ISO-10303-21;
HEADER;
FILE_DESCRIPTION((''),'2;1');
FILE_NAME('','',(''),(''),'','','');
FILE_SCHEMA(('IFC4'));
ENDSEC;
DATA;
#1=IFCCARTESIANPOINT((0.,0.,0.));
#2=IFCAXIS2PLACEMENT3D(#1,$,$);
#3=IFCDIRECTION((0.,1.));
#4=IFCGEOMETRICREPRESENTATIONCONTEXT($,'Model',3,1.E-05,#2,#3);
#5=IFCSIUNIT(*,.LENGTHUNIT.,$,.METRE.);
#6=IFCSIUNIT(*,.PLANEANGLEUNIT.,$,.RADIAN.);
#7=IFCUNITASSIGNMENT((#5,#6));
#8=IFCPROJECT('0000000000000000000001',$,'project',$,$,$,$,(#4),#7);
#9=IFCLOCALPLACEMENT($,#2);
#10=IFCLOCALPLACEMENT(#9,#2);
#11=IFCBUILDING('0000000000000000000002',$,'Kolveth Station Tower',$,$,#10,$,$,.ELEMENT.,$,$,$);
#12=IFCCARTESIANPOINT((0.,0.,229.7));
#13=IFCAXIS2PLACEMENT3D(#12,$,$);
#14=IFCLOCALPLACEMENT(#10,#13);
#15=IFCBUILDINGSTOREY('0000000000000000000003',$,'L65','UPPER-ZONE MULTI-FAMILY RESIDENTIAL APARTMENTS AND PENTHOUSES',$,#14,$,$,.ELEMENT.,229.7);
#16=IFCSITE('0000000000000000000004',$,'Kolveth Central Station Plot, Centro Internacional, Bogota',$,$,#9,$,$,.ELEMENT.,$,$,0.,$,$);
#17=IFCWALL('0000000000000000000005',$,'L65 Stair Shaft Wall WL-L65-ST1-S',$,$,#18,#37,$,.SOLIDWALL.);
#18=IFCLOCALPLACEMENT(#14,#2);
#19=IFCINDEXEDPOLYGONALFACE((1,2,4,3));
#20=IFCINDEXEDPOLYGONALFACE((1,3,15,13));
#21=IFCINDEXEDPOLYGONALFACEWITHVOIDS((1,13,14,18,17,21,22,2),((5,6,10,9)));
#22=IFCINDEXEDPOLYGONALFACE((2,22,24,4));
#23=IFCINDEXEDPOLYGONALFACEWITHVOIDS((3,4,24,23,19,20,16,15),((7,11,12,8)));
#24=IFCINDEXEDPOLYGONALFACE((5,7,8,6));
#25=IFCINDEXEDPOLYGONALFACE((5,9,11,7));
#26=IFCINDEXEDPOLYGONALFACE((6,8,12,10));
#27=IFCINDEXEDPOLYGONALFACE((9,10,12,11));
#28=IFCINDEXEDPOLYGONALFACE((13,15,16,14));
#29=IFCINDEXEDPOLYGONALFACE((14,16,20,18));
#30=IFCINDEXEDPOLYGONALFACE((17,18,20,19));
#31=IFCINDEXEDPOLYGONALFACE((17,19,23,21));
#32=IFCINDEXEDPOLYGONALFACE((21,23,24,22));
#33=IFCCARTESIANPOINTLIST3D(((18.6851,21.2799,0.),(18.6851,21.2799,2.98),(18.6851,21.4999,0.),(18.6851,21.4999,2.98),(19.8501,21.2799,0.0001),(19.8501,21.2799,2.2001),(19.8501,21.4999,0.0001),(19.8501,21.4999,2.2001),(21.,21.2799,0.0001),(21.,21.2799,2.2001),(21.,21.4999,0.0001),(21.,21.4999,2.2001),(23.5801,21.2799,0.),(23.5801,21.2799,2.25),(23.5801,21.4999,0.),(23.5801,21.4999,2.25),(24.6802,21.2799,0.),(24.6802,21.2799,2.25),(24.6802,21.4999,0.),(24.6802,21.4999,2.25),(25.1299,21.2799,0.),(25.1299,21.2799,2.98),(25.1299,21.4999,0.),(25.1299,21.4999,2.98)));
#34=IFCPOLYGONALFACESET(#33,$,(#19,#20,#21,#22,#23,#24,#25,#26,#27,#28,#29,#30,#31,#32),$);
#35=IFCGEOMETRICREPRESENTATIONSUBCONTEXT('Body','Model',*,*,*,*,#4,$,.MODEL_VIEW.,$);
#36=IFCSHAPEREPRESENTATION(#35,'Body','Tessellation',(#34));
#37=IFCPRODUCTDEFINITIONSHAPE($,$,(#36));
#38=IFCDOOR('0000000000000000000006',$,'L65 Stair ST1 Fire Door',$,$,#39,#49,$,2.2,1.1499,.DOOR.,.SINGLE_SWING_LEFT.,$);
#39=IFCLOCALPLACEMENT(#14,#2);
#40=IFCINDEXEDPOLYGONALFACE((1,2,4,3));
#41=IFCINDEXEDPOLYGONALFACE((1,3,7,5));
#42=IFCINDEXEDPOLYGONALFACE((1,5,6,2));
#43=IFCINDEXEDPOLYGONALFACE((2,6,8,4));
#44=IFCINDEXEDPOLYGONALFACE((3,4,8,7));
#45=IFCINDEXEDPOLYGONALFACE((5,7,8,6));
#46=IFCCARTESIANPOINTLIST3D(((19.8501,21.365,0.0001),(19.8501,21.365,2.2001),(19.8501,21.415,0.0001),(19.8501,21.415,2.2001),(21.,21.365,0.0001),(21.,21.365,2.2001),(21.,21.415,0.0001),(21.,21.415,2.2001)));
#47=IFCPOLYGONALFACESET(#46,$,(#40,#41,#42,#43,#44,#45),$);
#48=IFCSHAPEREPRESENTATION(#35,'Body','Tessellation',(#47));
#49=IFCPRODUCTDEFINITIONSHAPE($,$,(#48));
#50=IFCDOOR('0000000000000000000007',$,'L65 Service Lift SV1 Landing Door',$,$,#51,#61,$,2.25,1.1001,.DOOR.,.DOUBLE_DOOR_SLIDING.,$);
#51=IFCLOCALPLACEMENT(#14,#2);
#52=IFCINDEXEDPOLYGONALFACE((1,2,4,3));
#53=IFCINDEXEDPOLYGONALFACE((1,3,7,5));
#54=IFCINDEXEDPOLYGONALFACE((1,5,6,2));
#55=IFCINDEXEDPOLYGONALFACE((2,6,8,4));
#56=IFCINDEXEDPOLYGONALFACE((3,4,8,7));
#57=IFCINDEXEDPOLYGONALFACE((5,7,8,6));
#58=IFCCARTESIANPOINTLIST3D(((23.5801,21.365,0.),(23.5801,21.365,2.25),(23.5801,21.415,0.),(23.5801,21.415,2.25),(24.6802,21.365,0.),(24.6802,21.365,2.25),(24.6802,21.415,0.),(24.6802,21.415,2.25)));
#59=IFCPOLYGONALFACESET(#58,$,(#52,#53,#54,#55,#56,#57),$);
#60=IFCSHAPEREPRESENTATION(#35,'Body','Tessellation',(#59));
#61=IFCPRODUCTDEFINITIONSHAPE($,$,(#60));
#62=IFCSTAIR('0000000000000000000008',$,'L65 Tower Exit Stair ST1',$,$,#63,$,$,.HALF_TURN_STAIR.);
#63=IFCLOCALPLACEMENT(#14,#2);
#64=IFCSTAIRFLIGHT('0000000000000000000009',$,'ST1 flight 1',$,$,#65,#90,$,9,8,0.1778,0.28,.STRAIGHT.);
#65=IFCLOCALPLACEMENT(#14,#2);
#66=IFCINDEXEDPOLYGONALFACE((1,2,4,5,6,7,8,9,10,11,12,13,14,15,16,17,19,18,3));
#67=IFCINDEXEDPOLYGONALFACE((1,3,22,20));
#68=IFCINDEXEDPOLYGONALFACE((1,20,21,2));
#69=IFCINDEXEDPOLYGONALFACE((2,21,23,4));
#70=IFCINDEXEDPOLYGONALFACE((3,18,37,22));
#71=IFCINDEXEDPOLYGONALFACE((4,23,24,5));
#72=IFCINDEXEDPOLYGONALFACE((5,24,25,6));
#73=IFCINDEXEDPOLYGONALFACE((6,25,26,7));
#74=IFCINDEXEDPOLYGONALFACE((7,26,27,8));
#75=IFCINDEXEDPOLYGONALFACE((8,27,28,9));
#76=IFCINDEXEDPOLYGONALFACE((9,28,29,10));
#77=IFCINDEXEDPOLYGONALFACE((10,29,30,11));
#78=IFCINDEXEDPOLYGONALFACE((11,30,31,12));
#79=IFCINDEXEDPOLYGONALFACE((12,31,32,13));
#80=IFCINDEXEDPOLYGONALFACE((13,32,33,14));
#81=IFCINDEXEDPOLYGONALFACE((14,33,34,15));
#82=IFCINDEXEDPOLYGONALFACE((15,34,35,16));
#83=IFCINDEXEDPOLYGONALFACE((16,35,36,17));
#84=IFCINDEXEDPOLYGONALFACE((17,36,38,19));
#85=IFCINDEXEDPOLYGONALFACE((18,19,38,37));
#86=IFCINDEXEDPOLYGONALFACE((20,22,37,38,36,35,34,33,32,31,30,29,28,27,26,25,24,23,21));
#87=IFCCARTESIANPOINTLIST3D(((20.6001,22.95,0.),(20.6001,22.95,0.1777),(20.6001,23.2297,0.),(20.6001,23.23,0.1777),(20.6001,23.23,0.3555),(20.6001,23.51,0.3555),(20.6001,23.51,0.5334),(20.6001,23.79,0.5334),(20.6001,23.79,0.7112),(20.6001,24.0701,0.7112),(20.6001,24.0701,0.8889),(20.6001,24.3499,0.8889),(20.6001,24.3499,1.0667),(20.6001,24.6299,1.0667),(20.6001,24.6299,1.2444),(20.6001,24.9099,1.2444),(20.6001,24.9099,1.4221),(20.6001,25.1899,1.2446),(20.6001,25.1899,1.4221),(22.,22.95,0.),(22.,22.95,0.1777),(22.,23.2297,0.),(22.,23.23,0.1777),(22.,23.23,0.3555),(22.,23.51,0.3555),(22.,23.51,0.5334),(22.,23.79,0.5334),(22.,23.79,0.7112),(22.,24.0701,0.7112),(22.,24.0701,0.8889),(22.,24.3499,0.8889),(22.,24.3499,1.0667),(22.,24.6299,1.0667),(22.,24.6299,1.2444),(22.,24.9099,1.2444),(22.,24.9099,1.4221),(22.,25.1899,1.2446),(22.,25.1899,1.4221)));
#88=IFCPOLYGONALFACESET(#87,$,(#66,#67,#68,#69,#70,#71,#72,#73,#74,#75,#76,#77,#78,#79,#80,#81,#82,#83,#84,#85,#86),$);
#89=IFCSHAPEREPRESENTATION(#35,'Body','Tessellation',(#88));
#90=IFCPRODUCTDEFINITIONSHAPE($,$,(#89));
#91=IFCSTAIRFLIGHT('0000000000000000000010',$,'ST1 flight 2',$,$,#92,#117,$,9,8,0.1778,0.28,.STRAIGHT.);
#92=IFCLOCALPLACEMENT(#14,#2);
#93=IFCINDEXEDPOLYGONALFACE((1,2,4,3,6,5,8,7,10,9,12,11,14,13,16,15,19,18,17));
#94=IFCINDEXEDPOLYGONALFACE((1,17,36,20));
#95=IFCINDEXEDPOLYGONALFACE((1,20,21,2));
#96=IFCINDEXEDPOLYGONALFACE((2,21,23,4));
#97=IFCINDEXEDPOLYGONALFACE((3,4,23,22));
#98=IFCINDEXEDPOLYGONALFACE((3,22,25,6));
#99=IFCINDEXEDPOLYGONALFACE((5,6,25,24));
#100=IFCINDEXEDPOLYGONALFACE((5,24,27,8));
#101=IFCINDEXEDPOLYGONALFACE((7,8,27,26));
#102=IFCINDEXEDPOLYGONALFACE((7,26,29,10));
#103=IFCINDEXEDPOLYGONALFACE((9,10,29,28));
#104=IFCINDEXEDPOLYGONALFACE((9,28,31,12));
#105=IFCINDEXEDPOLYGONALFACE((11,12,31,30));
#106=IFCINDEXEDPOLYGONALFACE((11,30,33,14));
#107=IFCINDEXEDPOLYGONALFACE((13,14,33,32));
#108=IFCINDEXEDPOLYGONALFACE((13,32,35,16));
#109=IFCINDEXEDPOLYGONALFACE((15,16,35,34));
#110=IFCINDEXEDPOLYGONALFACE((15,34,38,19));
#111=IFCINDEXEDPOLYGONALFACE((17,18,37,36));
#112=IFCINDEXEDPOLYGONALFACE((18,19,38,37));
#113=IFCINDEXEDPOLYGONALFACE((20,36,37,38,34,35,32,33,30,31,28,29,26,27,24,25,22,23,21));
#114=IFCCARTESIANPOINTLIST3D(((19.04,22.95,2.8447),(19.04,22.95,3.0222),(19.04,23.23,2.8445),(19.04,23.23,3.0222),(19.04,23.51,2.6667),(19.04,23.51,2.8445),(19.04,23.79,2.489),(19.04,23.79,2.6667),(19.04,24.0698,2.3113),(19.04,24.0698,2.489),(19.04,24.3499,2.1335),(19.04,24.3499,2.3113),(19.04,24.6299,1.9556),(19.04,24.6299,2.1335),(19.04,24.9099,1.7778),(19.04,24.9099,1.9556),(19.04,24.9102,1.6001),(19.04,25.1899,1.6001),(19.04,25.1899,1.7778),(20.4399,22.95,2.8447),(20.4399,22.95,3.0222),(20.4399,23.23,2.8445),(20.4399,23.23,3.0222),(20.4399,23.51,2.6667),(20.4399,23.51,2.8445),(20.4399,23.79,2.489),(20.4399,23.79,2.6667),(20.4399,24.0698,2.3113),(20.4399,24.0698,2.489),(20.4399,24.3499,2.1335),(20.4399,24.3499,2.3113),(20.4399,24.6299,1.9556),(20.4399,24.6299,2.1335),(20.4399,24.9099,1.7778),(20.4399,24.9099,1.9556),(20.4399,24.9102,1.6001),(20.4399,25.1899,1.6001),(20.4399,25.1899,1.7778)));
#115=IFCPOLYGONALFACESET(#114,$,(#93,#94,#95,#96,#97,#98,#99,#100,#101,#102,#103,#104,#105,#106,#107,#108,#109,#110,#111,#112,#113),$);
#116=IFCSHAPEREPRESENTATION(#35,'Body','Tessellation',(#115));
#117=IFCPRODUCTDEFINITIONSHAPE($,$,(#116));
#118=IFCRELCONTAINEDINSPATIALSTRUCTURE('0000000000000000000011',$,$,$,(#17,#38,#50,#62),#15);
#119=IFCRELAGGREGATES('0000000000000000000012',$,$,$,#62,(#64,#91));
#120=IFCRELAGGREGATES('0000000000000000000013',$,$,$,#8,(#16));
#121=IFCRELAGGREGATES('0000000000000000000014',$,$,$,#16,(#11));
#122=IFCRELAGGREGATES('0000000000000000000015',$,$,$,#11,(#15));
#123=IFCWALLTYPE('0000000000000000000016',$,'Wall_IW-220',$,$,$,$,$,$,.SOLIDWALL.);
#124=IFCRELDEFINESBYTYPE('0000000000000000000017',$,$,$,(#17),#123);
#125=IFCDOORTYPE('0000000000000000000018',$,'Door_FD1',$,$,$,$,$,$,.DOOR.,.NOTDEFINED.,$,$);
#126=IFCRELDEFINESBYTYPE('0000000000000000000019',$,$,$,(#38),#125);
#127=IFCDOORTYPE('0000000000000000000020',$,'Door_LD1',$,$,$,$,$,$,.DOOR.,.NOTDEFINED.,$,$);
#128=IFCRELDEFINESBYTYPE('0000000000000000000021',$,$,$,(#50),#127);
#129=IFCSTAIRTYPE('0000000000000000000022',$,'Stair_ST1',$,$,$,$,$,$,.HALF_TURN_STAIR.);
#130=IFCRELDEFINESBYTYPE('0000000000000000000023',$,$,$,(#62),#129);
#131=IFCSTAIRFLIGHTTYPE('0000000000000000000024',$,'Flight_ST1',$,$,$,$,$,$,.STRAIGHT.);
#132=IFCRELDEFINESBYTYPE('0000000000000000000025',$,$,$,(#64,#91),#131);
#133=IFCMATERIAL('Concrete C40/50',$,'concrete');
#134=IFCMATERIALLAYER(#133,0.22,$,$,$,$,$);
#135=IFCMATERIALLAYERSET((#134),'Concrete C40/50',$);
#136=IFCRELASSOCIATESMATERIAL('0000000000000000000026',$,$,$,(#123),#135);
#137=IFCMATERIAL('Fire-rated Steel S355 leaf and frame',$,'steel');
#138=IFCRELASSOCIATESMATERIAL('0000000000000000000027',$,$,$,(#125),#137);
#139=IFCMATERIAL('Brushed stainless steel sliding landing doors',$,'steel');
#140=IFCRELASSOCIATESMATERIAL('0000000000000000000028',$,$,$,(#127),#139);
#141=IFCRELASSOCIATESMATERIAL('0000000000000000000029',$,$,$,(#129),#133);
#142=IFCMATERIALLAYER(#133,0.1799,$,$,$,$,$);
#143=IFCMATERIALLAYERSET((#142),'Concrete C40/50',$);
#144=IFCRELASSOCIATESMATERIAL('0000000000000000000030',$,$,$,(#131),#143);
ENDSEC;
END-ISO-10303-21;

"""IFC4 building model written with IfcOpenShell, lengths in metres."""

from ifc_helpers import new_model, si_unit, direction, frame, frame_2d, origin, place, context, subcontext, project, spatial, polyline, rectangle, outline, extrude, material, layer, layer_set, type_object, element, fill, aggregate, save


model = new_model("IFC4")

# Units and contexts
model_context = context("Model", 3, precision=1e-05, world=origin(), true_north=direction((0.0, 1.0)))
body_context = subcontext(model_context, "Body", "Model", "MODEL_VIEW")
ifc_project = project(units=[si_unit("LENGTHUNIT", "METRE"), si_unit("PLANEANGLEUNIT", "RADIAN")], contexts=[model_context])

# Site, building, storey
site_placement = place(None, origin())
site = spatial("IfcSite", under=ifc_project, at=site_placement, Name="Kolveth Central Station Plot, Centro Internacional, Bogota", CompositionType="ELEMENT", RefElevation=0.0)
building_placement = place(site_placement, origin())
building = spatial("IfcBuilding", under=site, at=building_placement, Name="Kolveth Station Tower", CompositionType="ELEMENT")
storey_placement = place(building_placement, frame((0.0, 0.0, 229.7)))
storey = spatial("IfcBuildingStorey", under=building, at=storey_placement, Name="L65", Description="UPPER-ZONE MULTI-FAMILY RESIDENTIAL APARTMENTS AND PENTHOUSES", CompositionType="ELEMENT", Elevation=229.7)

# Shared definitions
ifc_material_1 = material(Name="Concrete C40/50", Category="concrete")
ifc_layer_1 = layer(ifc_material_1, 0.22)
ifc_layer_set_1 = layer_set([ifc_layer_1], Name="Concrete C40/50")
wall_type_1 = type_object("IfcWallType", Name="Wall_IW-220", PredefinedType="SOLIDWALL", material=ifc_layer_set_1)

# Wall, openings, doors
wall_1_placement = place(storey_placement, frame((18.6851, 21.3899, 0.0), z_axis=(0.0, 0.0, 1.0), x_axis=(1.0, 0.0, 0.0)))
wall_1 = element("IfcWall", 1, at=wall_1_placement, inside=storey, type_object=wall_type_1, Name="L65 Stair Shaft Wall WL-L65-ST1-S", PredefinedType="SOLIDWALL", context=body_context, shape_type="SweptSolid", body=[
    extrude(rectangle(XDim=6.4448, YDim=0.22, at=frame_2d((3.2224, 0.0))), origin(), (0.0, 0.0, 1.0), 2.98),
])
opening_1_placement = place(wall_1_placement, frame((1.165, 0.0, 0.0)))
opening_1 = element("IfcOpeningElement", 2, at=opening_1_placement, cuts=wall_1, PredefinedType="OPENING", context=body_context, shape_type="SweptSolid", body=[
    extrude(rectangle(XDim=1.1499, YDim=2.2, at=frame_2d((0.575, 1.1001))), frame((0.0, 0.1199, 0.0), z_axis=(0.0, -1.0, 0.0), x_axis=(1.0, 0.0, 0.0)), (0.0, 0.0, 1.0), 0.24),
])
opening_2_placement = place(wall_1_placement, frame((4.895, 0.0, 0.0)))
opening_2 = element("IfcOpeningElement", 3, at=opening_2_placement, cuts=wall_1, PredefinedType="OPENING", context=body_context, shape_type="SweptSolid", body=[
    extrude(rectangle(XDim=1.1001, YDim=2.25, at=frame_2d((0.55, 1.125))), frame((0.0, 0.1199, 0.0), z_axis=(0.0, -1.0, 0.0), x_axis=(1.0, 0.0, 0.0)), (0.0, 0.0, 1.0), 0.24),
])
ifc_material_2 = material(Name="Fire-rated Steel S355 leaf and frame", Category="steel")
door_type_1 = type_object("IfcDoorType", Name="Door_FD1", OperationType="NOTDEFINED", PredefinedType="DOOR", material=ifc_material_2)
door_1_placement = place(opening_1_placement, frame((1.1499, 0.0, 0.0), z_axis=(0.0, 0.0, 1.0), x_axis=(-1.0, 0.0, 0.0)))
door_1 = element("IfcDoor", 4, at=door_1_placement, inside=storey, type_object=door_type_1, Name="L65 Stair ST1 Fire Door", OperationType="SINGLE_SWING_LEFT", OverallHeight=2.2, OverallWidth=1.1499, PredefinedType="DOOR", context=body_context, shape_type="SweptSolid", body=[
    extrude(rectangle(XDim=1.1499, YDim=2.2, at=frame_2d((0.575, 1.1001))), frame((0.0, 0.0249, 0.0), z_axis=(0.0, -1.0, 0.0), x_axis=(1.0, 0.0, 0.0)), (0.0, 0.0, 1.0), 0.05),
])
fill(opening_1, door_1)
ifc_material_3 = material(Name="Brushed stainless steel sliding landing doors", Category="steel")
door_type_2 = type_object("IfcDoorType", Name="Door_LD1", OperationType="NOTDEFINED", PredefinedType="DOOR", material=ifc_material_3)
door_2_placement = place(opening_2_placement, frame((1.1001, 0.0, 0.0), z_axis=(0.0, 0.0, 1.0), x_axis=(-1.0, 0.0, 0.0)))
door_2 = element("IfcDoor", 5, at=door_2_placement, inside=storey, type_object=door_type_2, Name="L65 Service Lift SV1 Landing Door", OperationType="DOUBLE_DOOR_SLIDING", OverallHeight=2.25, OverallWidth=1.1001, PredefinedType="DOOR", context=body_context, shape_type="SweptSolid", body=[
    extrude(rectangle(XDim=1.1001, YDim=2.25, at=frame_2d((0.55, 1.125))), frame((0.0, 0.0249, 0.0), z_axis=(0.0, -1.0, 0.0), x_axis=(1.0, 0.0, 0.0)), (0.0, 0.0, 1.0), 0.05),
])
fill(opening_2, door_2)

# Stair, stair flights
stair_type = type_object("IfcStairType", Name="Stair_ST1", PredefinedType="HALF_TURN_STAIR", material=ifc_material_1)
stair_placement = place(storey_placement, origin())
stair = element("IfcStair", 6, at=stair_placement, inside=storey, type_object=stair_type, Name="L65 Tower Exit Stair ST1", PredefinedType="HALF_TURN_STAIR")
ifc_layer_2 = layer(ifc_material_1, 0.1799)
ifc_layer_set_2 = layer_set([ifc_layer_2], Name="Concrete C40/50")
stair_flight_type = type_object("IfcStairFlightType", Name="Flight_ST1", PredefinedType="STRAIGHT", material=ifc_layer_set_2)
stair_flight_1_placement = place(storey_placement, frame((21.3, 22.95, 0.0), z_axis=(0.0, 0.0, 1.0), x_axis=(0.0, 1.0, 0.0)))
stair_flight_1 = element("IfcStairFlight", 7, at=stair_flight_1_placement, type_object=stair_flight_type, Name="ST1 flight 1", NumberOfRisers=9, NumberOfTreads=8, PredefinedType="STRAIGHT", RiserHeight=0.1778, TreadLength=0.28, context=body_context, shape_type="SweptSolid", body=[
    extrude(outline(polyline([(0.0, 0.0), (0.0, 0.1777), (0.28, 0.1777), (0.28, 0.3555), (0.5601, 0.3555), (0.5601, 0.5334), (0.8401, 0.5334), (0.8401, 0.7112), (1.1201, 0.7112), (1.1201, 0.8889), (1.3999, 0.8889), (1.3999, 1.0667), (1.6799, 1.0667), (1.6799, 1.2444), (1.96, 1.2444), (1.96, 1.4221), (2.24, 1.4221), (2.24, 1.6001), (2.24, 1.2446), (0.2798, 0.0), (0.0, 0.0)])), frame((0.0, 0.7, 0.0), z_axis=(0.0, -1.0, 0.0), x_axis=(1.0, 0.0, 0.0)), (0.0, 0.0, 1.0), 1.3999),
])
stair_flight_2_placement = place(storey_placement, frame((19.74, 25.1899, 1.6001), z_axis=(0.0, 0.0, 1.0), x_axis=(0.0, -1.0, 0.0)))
stair_flight_2 = element("IfcStairFlight", 8, at=stair_flight_2_placement, type_object=stair_flight_type, Name="ST1 flight 2", NumberOfRisers=9, NumberOfTreads=8, PredefinedType="STRAIGHT", RiserHeight=0.1778, TreadLength=0.28, context=body_context, shape_type="SweptSolid", body=[
    extrude(outline(polyline([(0.0, 0.0), (0.0, 0.1777), (0.28, 0.1777), (0.28, 0.3555), (0.5601, 0.3555), (0.5601, 0.5334), (0.8401, 0.5334), (0.8401, 0.7112), (1.1201, 0.7112), (1.1201, 0.8889), (1.3999, 0.8889), (1.3999, 1.0667), (1.6799, 1.0667), (1.6799, 1.2444), (1.96, 1.2444), (1.96, 1.4221), (2.24, 1.4221), (2.24, 1.6001), (2.24, 1.2446), (0.2798, 0.0), (0.0, 0.0)])), frame((0.0, 0.7, 0.0), z_axis=(0.0, -1.0, 0.0), x_axis=(1.0, 0.0, 0.0)), (0.0, 0.0, 1.0), 1.3999),
])
aggregate(stair, [stair_flight_1, stair_flight_2])

save(model, "model.ifc")
